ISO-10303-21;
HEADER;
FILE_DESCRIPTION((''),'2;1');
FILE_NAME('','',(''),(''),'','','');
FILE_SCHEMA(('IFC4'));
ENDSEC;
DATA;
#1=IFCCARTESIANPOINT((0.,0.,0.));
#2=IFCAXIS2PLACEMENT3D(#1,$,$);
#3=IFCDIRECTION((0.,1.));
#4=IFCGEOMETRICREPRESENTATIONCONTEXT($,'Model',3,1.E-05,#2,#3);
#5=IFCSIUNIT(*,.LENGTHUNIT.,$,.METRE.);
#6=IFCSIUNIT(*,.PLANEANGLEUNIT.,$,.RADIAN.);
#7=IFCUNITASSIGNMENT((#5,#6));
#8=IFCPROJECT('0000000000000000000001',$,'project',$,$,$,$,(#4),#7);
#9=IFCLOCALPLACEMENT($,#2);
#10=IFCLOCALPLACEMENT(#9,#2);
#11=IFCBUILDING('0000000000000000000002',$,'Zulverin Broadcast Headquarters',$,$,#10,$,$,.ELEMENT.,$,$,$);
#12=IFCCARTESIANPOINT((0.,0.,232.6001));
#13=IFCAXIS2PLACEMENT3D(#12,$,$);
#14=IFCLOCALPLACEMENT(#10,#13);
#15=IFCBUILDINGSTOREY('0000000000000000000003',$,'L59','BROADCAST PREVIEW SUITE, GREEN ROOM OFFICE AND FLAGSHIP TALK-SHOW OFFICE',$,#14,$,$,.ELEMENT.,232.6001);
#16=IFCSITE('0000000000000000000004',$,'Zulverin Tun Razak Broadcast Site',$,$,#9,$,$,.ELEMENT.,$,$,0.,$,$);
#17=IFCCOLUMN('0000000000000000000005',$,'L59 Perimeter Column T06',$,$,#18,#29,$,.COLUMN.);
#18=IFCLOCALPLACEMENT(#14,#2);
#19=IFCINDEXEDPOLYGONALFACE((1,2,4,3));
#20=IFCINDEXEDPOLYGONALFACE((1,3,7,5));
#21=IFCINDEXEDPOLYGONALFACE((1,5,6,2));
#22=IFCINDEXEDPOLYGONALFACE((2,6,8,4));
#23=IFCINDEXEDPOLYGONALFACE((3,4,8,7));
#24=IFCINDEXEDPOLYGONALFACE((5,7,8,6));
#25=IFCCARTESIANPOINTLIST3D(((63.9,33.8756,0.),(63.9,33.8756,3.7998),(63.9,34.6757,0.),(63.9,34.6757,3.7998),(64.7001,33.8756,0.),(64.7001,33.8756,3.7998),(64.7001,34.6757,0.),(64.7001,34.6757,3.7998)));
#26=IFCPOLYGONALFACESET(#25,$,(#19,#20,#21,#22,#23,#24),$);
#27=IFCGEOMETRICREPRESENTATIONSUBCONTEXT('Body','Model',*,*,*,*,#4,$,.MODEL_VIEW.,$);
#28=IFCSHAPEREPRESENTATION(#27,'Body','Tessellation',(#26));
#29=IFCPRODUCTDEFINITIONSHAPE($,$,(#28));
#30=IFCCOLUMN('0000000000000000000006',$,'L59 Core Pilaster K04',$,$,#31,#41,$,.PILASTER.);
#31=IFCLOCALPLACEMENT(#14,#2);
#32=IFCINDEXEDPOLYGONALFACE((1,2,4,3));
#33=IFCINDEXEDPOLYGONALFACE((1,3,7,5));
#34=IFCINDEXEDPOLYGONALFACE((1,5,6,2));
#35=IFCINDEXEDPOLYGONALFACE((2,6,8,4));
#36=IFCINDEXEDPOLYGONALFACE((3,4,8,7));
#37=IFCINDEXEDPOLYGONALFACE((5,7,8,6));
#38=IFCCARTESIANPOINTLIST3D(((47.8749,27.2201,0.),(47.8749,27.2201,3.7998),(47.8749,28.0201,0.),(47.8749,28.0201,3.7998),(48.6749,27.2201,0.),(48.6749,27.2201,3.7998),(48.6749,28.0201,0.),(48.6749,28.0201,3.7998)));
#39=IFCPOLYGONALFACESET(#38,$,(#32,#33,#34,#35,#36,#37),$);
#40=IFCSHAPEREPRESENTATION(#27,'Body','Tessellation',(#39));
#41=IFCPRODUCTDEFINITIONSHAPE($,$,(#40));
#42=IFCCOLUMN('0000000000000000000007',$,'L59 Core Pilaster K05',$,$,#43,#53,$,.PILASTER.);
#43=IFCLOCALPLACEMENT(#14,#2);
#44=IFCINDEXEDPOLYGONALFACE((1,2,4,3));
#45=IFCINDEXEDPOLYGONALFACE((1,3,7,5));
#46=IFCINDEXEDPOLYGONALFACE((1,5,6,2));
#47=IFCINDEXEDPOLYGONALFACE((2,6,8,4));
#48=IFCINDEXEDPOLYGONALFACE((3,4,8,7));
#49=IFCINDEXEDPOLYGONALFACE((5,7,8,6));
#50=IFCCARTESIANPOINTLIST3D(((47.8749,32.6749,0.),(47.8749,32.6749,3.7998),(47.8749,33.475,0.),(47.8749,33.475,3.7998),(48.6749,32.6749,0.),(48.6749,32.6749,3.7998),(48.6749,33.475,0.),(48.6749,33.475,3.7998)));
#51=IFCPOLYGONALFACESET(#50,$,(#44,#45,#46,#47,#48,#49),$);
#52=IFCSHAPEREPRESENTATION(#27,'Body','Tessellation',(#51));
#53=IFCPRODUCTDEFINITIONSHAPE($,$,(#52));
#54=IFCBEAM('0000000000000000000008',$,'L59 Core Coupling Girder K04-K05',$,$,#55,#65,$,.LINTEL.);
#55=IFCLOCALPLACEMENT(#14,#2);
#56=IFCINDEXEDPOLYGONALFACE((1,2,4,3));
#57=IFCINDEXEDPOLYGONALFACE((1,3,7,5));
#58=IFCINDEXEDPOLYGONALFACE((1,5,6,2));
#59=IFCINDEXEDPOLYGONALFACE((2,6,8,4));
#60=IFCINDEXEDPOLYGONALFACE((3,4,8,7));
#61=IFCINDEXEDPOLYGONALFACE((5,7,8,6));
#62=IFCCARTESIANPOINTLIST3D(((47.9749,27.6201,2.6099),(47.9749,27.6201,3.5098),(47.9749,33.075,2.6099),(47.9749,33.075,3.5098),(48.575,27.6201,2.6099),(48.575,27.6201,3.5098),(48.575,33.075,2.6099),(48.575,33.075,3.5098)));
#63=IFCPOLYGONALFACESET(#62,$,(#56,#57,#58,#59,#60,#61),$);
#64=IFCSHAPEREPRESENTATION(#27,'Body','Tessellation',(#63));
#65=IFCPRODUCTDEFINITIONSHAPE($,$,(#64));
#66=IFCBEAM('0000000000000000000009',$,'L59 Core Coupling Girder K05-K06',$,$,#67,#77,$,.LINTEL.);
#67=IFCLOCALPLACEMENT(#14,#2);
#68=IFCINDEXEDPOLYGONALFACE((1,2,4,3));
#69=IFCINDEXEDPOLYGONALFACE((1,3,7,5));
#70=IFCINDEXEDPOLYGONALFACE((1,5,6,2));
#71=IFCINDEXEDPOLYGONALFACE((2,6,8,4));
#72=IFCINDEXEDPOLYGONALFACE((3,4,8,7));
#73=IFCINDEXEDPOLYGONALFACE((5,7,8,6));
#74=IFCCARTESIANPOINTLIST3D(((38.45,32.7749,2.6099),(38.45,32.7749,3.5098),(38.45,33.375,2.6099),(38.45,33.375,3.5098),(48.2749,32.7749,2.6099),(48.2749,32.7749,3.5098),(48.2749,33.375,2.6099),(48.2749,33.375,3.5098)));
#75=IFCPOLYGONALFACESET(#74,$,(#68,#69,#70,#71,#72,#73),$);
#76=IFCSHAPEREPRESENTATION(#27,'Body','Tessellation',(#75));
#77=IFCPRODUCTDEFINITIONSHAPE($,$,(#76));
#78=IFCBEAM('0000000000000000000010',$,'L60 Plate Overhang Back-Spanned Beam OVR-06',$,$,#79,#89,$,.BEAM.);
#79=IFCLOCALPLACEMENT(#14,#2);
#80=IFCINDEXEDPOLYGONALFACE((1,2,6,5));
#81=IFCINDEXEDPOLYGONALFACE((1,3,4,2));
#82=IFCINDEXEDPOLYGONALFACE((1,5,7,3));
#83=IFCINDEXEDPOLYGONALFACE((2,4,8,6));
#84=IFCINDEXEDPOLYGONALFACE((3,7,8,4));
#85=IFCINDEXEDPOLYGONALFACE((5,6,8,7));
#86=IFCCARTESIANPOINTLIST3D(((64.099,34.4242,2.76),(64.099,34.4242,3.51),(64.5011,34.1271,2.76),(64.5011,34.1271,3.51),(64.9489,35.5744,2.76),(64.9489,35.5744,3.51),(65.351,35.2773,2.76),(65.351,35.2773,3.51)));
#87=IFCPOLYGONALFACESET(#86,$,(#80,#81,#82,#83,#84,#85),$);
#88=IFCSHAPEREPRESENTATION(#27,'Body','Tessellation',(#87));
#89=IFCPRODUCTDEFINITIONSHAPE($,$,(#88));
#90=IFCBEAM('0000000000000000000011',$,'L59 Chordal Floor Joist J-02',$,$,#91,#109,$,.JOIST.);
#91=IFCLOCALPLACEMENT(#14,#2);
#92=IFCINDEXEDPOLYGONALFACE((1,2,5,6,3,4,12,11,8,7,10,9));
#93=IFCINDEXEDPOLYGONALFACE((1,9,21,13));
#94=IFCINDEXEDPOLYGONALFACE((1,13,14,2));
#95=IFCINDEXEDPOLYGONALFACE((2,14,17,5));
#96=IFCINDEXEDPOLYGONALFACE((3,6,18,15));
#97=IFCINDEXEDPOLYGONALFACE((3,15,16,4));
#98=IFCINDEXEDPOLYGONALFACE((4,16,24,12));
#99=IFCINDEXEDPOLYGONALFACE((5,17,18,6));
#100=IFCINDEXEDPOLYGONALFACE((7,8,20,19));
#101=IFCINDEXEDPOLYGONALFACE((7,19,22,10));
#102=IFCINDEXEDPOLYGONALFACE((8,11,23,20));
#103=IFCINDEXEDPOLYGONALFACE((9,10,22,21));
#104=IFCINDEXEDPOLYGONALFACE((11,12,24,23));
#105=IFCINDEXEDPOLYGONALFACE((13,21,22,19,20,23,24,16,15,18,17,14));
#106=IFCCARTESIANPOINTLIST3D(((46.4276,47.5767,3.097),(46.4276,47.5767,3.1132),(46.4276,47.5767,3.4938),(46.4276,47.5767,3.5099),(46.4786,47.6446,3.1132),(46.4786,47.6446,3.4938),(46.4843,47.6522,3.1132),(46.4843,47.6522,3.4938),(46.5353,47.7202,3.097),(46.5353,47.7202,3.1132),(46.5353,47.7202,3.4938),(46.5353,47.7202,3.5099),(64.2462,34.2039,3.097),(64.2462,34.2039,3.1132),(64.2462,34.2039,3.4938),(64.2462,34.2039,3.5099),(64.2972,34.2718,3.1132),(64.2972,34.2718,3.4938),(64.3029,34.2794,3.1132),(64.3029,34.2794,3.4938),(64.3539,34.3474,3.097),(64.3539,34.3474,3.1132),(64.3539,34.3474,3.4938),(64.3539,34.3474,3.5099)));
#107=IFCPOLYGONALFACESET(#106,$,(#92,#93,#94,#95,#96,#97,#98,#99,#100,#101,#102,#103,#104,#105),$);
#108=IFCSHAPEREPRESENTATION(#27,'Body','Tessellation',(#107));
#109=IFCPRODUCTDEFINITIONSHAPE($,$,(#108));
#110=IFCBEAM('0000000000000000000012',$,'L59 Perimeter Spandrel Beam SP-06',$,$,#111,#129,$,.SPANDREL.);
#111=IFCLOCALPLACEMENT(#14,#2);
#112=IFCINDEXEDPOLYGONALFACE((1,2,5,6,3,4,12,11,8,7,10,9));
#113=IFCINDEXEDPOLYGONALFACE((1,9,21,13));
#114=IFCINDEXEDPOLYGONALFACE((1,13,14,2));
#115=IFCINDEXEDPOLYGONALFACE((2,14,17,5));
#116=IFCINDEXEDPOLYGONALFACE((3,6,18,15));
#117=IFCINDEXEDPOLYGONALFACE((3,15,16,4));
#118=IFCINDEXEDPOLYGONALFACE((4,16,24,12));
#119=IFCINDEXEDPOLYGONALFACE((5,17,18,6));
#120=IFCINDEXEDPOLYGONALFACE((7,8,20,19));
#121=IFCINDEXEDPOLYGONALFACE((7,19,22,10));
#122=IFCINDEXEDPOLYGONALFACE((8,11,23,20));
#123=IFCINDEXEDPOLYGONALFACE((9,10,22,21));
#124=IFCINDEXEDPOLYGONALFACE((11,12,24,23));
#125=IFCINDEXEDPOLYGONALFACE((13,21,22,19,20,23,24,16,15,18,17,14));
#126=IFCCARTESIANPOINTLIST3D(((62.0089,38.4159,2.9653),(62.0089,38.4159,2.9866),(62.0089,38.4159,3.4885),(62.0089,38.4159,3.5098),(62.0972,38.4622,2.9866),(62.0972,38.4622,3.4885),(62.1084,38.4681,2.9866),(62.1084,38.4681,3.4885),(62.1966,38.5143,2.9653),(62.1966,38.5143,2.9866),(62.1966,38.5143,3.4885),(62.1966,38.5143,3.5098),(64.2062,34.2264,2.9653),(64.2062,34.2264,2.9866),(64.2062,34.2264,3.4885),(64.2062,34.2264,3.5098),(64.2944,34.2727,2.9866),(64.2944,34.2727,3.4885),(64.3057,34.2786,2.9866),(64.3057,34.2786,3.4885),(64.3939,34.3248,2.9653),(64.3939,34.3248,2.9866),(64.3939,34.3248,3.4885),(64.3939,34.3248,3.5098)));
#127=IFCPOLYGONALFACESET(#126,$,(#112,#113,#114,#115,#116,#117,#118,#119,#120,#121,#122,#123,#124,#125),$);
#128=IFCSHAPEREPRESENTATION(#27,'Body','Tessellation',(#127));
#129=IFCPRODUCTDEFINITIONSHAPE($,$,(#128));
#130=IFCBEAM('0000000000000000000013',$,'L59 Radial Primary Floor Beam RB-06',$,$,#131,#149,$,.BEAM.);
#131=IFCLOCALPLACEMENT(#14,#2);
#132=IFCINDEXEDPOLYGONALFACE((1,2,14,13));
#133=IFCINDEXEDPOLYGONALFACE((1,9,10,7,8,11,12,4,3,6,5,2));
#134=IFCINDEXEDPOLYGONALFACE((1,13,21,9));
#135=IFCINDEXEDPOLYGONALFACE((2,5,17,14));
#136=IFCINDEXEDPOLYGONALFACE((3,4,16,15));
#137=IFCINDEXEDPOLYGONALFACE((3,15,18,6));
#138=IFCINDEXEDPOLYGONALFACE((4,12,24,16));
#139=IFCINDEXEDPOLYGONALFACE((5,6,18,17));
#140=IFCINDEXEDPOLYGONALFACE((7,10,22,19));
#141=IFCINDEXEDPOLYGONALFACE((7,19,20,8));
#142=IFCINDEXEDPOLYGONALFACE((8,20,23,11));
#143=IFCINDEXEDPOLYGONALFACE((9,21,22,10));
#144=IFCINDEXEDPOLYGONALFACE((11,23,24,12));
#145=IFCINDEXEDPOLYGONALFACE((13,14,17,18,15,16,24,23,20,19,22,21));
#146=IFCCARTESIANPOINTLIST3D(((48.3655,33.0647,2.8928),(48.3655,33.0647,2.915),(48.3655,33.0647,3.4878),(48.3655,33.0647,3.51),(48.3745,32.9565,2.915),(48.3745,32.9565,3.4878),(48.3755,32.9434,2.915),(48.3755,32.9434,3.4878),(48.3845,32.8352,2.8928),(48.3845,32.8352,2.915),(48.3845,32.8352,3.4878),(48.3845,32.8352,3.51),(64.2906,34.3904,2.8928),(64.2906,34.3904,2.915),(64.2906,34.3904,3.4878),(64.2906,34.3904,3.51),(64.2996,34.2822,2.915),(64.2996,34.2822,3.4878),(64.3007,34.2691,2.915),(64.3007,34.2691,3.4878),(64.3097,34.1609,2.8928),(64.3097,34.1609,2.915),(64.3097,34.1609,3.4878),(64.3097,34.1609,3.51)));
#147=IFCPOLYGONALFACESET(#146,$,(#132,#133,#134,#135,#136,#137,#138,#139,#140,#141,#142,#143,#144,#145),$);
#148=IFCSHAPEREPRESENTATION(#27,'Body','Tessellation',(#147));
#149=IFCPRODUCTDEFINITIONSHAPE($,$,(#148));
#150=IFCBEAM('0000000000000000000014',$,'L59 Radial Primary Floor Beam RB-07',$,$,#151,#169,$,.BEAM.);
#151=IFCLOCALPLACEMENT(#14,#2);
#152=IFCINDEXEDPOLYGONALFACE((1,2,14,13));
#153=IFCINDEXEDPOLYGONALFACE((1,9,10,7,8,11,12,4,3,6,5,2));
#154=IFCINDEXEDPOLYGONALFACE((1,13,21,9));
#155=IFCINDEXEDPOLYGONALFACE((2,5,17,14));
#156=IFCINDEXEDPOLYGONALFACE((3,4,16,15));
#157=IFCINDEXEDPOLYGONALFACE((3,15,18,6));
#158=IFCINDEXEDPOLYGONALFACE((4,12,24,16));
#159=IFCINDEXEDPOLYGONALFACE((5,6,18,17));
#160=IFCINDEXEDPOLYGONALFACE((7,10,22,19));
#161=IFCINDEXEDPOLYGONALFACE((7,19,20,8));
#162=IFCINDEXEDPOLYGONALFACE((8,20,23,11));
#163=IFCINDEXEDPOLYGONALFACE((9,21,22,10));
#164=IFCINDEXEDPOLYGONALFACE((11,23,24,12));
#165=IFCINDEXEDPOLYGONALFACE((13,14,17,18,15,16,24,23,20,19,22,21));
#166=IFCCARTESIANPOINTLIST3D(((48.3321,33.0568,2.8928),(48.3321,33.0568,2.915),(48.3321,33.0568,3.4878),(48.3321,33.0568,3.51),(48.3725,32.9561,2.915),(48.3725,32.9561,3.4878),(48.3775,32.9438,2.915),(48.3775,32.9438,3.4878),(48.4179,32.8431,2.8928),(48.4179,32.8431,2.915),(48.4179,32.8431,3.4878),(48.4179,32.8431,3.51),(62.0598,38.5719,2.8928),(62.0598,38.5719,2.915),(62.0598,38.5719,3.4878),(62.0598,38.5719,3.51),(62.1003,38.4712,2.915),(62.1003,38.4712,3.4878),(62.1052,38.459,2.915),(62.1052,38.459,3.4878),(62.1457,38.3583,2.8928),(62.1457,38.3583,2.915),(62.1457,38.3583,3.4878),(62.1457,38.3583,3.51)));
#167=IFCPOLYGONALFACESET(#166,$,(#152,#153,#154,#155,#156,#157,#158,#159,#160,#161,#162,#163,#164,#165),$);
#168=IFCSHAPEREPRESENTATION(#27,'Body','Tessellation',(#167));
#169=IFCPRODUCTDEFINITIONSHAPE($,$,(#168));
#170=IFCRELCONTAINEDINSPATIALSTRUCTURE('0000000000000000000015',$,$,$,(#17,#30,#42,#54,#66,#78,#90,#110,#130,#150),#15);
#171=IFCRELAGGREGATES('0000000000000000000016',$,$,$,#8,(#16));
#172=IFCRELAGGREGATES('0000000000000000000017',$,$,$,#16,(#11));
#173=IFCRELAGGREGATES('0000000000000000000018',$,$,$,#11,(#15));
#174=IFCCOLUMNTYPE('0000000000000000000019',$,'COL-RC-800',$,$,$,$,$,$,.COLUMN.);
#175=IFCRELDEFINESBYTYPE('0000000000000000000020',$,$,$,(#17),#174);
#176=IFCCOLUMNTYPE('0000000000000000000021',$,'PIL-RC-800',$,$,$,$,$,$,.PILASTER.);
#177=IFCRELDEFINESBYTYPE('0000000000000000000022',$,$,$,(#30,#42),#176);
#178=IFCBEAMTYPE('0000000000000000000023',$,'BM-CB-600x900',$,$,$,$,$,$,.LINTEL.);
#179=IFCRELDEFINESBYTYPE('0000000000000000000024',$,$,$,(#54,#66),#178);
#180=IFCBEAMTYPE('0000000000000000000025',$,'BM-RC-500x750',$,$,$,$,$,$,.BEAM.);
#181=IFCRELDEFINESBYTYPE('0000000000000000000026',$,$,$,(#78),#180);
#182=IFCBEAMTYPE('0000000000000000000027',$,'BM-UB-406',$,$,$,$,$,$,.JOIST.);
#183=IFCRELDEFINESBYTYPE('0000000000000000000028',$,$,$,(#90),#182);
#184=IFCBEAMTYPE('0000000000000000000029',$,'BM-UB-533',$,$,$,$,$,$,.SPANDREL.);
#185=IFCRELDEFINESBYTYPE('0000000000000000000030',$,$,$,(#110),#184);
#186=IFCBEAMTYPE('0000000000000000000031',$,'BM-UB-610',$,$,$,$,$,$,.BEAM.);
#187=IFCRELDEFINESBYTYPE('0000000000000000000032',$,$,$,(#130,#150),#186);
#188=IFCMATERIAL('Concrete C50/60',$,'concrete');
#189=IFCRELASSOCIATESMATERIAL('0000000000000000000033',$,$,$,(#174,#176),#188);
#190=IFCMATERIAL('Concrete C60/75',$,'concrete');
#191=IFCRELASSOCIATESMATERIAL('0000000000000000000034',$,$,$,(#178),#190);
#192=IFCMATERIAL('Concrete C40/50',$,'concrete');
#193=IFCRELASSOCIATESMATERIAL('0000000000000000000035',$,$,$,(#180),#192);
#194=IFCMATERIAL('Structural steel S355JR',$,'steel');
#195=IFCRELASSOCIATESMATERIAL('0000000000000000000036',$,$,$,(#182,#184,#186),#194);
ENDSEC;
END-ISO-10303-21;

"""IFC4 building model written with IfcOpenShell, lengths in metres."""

from ifc_helpers import new_model, si_unit, direction, frame, origin, origin_2d, place, context, subcontext, project, spatial, rectangle, i_section, extrude, material, material_profile, profile_set, type_object, element, save


model = new_model("IFC4")

# Units and contexts
model_context = context("Model", 3, precision=1e-05, world=origin(), true_north=direction((0.0, 1.0)))
body_context = subcontext(model_context, "Body", "Model", "MODEL_VIEW")
ifc_project = project(units=[si_unit("LENGTHUNIT", "METRE"), si_unit("PLANEANGLEUNIT", "RADIAN")], contexts=[model_context])

# Site, building, storey
site_placement = place(None, origin())
site = spatial("IfcSite", under=ifc_project, at=site_placement, Name="Zulverin Tun Razak Broadcast Site", CompositionType="ELEMENT", RefElevation=0.0)
building_placement = place(site_placement, origin())
building = spatial("IfcBuilding", under=site, at=building_placement, Name="Zulverin Broadcast Headquarters", CompositionType="ELEMENT")
storey_placement = place(building_placement, frame((0.0, 0.0, 232.6001)))
storey = spatial("IfcBuildingStorey", under=building, at=storey_placement, Name="L59", Description="BROADCAST PREVIEW SUITE, GREEN ROOM OFFICE AND FLAGSHIP TALK-SHOW OFFICE", CompositionType="ELEMENT", Elevation=232.6001)

# Columns
ifc_material_1 = material(Name="Concrete C50/60", Category="concrete")
ifc_material_profile_1 = material_profile(ifc_material_1, rectangle(XDim=0.8, YDim=0.8, at=origin_2d()), Name="Concrete C50/60", Category="concrete")
ifc_profile_set_1 = profile_set([ifc_material_profile_1], Name="Concrete C50/60")
column_type_1 = type_object("IfcColumnType", Name="COL-RC-800", PredefinedType="COLUMN", material=ifc_profile_set_1)
column_placement = place(storey_placement, frame((64.3, 34.2756, 0.0), z_axis=(0.0, 0.0, 1.0), x_axis=(1.0, 0.0, 0.0)))
element("IfcColumn", 1, at=column_placement, inside=storey, type_object=column_type_1, Name="L59 Perimeter Column T06", PredefinedType="COLUMN", context=body_context, shape_type="SweptSolid", body=[
    extrude(rectangle(XDim=0.8, YDim=0.8, at=origin_2d()), origin(), (0.0, 0.0, 1.0), 3.7998),
])
ifc_material_profile_2 = material_profile(ifc_material_1, rectangle(XDim=0.8, YDim=0.8, at=origin_2d()), Name="Concrete C50/60", Category="concrete")
ifc_profile_set_2 = profile_set([ifc_material_profile_2], Name="Concrete C50/60")
column_type_2 = type_object("IfcColumnType", Name="PIL-RC-800", PredefinedType="PILASTER", material=ifc_profile_set_2)
for number, where, z_axis, x_axis, name in (
    (2, (48.2749, 27.6201, 0.0), (0.0, 0.0, 1.0), (1.0, 0.0, 0.0), "L59 Core Pilaster K04"),
    (3, (48.2749, 33.075, 0.0), (0.0, 0.0, 1.0), (1.0, 0.0, 0.0), "L59 Core Pilaster K05"),
):
    element("IfcColumn", number, at=place(storey_placement, frame(where, z_axis=z_axis, x_axis=x_axis)), inside=storey, type_object=column_type_2, Name=name, PredefinedType="PILASTER", context=body_context, shape_type="SweptSolid", body=[
        extrude(rectangle(XDim=0.8, YDim=0.8, at=origin_2d()), origin(), (0.0, 0.0, 1.0), 3.7998),
    ])

# Beams
ifc_material_2 = material(Name="Concrete C60/75", Category="concrete")
ifc_material_profile_3 = material_profile(ifc_material_2, rectangle(XDim=0.6001, YDim=0.8999, at=origin_2d()), Name="Concrete C60/75", Category="concrete")
ifc_profile_set_3 = profile_set([ifc_material_profile_3], Name="Concrete C60/75")
beam_type_1 = type_object("IfcBeamType", Name="BM-CB-600x900", PredefinedType="LINTEL", material=ifc_profile_set_3)
beam_1_placement = place(storey_placement, frame((48.2749, 27.6201, 3.0598), z_axis=(0.0, 1.0, 0.0), x_axis=(-1.0, 0.0, 0.0)))
element("IfcBeam", 4, at=beam_1_placement, inside=storey, type_object=beam_type_1, Name="L59 Core Coupling Girder K04-K05", PredefinedType="LINTEL", context=body_context, shape_type="SweptSolid", body=[
    extrude(rectangle(XDim=0.6001, YDim=0.8999, at=origin_2d()), origin(), (0.0, 0.0, 1.0), 5.4548),
])
beam_2_placement = place(storey_placement, frame((48.2749, 33.075, 3.0598), z_axis=(-1.0, 0.0, 0.0), x_axis=(0.0, -1.0, 0.0)))
element("IfcBeam", 5, at=beam_2_placement, inside=storey, type_object=beam_type_1, Name="L59 Core Coupling Girder K05-K06", PredefinedType="LINTEL", context=body_context, shape_type="SweptSolid", body=[
    extrude(rectangle(XDim=0.6001, YDim=0.8999, at=origin_2d()), origin(), (0.0, 0.0, 1.0), 9.825),
])
ifc_material_3 = material(Name="Concrete C40/50", Category="concrete")
ifc_material_profile_4 = material_profile(ifc_material_3, rectangle(XDim=0.5, YDim=0.75, at=origin_2d()), Name="Concrete C40/50", Category="concrete")
ifc_profile_set_4 = profile_set([ifc_material_profile_4], Name="Concrete C40/50")
beam_type_2 = type_object("IfcBeamType", Name="BM-RC-500x750", PredefinedType="BEAM", material=ifc_profile_set_4)
beam_3_placement = place(storey_placement, frame((64.3, 34.2756, 3.135), z_axis=(0.594276, 0.804261, 0.0), x_axis=(-0.804261, 0.594276, 0.0)))
element("IfcBeam", 6, at=beam_3_placement, inside=storey, type_object=beam_type_2, Name="L60 Plate Overhang Back-Spanned Beam OVR-06", PredefinedType="BEAM", context=body_context, shape_type="SweptSolid", body=[
    extrude(rectangle(XDim=0.5, YDim=0.75, at=origin_2d()), origin(), (0.0, 0.0, 1.0), 1.4302),
])
ifc_material_4 = material(Name="Structural steel S355JR", Category="steel")
ifc_material_profile_5 = material_profile(ifc_material_4, i_section(OverallWidth=0.1794, OverallDepth=0.4128, WebThickness=0.0095, FlangeThickness=0.0161, at=origin_2d()), Name="Structural steel S355JR", Category="steel")
ifc_profile_set_5 = profile_set([ifc_material_profile_5], Name="Structural steel S355JR")
beam_type_3 = type_object("IfcBeamType", Name="BM-UB-406", PredefinedType="JOIST", material=ifc_profile_set_5)
beam_4_placement = place(storey_placement, frame((64.3, 34.2756, 3.3035), z_axis=(-0.799809, 0.600254, 0.0), x_axis=(-0.600254, -0.799809, 0.0)))
element("IfcBeam", 7, at=beam_4_placement, inside=storey, type_object=beam_type_3, Name="L59 Chordal Floor Joist J-02", PredefinedType="JOIST", context=body_context, shape_type="SweptSolid", body=[
    extrude(i_section(OverallWidth=0.1794, OverallDepth=0.4128, WebThickness=0.0095, FlangeThickness=0.0161, at=origin_2d()), origin(), (0.0, 0.0, 1.0), 22.2786),
])
ifc_material_profile_6 = material_profile(ifc_material_4, i_section(OverallWidth=0.2119, OverallDepth=0.5444, WebThickness=0.0127, FlangeThickness=0.0212, at=origin_2d()), Name="Structural steel S355JR", Category="steel")
ifc_profile_set_6 = profile_set([ifc_material_profile_6], Name="Structural steel S355JR")
beam_type_4 = type_object("IfcBeamType", Name="BM-UB-533", PredefinedType="SPANDREL", material=ifc_profile_set_6)
beam_5_placement = place(storey_placement, frame((64.3, 34.2756, 3.2375), z_axis=(-0.46447, 0.885589, 0.0), x_axis=(-0.885589, -0.46447, 0.0)))
element("IfcBeam", 8, at=beam_5_placement, inside=storey, type_object=beam_type_4, Name="L59 Perimeter Spandrel Beam SP-06", PredefinedType="SPANDREL", context=body_context, shape_type="SweptSolid", body=[
    extrude(i_section(OverallWidth=0.2119, OverallDepth=0.5444, WebThickness=0.0127, FlangeThickness=0.0212, at=origin_2d()), origin(), (0.0, 0.0, 1.0), 4.7307),
])
ifc_material_profile_7 = material_profile(ifc_material_4, i_section(OverallWidth=0.2302, OverallDepth=0.6172, WebThickness=0.0132, FlangeThickness=0.0222, at=origin_2d()), Name="Structural steel S355JR", Category="steel")
ifc_profile_set_7 = profile_set([ifc_material_profile_7], Name="Structural steel S355JR")
beam_type_5 = type_object("IfcBeamType", Name="BM-UB-610", PredefinedType="BEAM", material=ifc_profile_set_7)
beam_6_placement = place(storey_placement, frame((48.375, 32.95, 3.2014), z_axis=(0.996553, 0.082958, 0.0), x_axis=(-0.082958, 0.996553, 0.0)))
element("IfcBeam", 9, at=beam_6_placement, inside=storey, type_object=beam_type_5, Name="L59 Radial Primary Floor Beam RB-06", PredefinedType="BEAM", context=body_context, shape_type="SweptSolid", body=[
    extrude(i_section(OverallWidth=0.2302, OverallDepth=0.6172, WebThickness=0.0132, FlangeThickness=0.0222, at=origin_2d()), origin(), (0.0, 0.0, 1.0), 15.9802),
])
beam_7_placement = place(storey_placement, frame((48.375, 32.95, 3.2014), z_axis=(0.927916, 0.37279, 0.0), x_axis=(-0.37279, 0.927916, 0.0)))
element("IfcBeam", 10, at=beam_7_placement, inside=storey, type_object=beam_type_5, Name="L59 Radial Primary Floor Beam RB-07", PredefinedType="BEAM", context=body_context, shape_type="SweptSolid", body=[
    extrude(i_section(OverallWidth=0.2302, OverallDepth=0.6172, WebThickness=0.0132, FlangeThickness=0.0222, at=origin_2d()), origin(), (0.0, 0.0, 1.0), 14.7942),
])

save(model, "model.ifc")
